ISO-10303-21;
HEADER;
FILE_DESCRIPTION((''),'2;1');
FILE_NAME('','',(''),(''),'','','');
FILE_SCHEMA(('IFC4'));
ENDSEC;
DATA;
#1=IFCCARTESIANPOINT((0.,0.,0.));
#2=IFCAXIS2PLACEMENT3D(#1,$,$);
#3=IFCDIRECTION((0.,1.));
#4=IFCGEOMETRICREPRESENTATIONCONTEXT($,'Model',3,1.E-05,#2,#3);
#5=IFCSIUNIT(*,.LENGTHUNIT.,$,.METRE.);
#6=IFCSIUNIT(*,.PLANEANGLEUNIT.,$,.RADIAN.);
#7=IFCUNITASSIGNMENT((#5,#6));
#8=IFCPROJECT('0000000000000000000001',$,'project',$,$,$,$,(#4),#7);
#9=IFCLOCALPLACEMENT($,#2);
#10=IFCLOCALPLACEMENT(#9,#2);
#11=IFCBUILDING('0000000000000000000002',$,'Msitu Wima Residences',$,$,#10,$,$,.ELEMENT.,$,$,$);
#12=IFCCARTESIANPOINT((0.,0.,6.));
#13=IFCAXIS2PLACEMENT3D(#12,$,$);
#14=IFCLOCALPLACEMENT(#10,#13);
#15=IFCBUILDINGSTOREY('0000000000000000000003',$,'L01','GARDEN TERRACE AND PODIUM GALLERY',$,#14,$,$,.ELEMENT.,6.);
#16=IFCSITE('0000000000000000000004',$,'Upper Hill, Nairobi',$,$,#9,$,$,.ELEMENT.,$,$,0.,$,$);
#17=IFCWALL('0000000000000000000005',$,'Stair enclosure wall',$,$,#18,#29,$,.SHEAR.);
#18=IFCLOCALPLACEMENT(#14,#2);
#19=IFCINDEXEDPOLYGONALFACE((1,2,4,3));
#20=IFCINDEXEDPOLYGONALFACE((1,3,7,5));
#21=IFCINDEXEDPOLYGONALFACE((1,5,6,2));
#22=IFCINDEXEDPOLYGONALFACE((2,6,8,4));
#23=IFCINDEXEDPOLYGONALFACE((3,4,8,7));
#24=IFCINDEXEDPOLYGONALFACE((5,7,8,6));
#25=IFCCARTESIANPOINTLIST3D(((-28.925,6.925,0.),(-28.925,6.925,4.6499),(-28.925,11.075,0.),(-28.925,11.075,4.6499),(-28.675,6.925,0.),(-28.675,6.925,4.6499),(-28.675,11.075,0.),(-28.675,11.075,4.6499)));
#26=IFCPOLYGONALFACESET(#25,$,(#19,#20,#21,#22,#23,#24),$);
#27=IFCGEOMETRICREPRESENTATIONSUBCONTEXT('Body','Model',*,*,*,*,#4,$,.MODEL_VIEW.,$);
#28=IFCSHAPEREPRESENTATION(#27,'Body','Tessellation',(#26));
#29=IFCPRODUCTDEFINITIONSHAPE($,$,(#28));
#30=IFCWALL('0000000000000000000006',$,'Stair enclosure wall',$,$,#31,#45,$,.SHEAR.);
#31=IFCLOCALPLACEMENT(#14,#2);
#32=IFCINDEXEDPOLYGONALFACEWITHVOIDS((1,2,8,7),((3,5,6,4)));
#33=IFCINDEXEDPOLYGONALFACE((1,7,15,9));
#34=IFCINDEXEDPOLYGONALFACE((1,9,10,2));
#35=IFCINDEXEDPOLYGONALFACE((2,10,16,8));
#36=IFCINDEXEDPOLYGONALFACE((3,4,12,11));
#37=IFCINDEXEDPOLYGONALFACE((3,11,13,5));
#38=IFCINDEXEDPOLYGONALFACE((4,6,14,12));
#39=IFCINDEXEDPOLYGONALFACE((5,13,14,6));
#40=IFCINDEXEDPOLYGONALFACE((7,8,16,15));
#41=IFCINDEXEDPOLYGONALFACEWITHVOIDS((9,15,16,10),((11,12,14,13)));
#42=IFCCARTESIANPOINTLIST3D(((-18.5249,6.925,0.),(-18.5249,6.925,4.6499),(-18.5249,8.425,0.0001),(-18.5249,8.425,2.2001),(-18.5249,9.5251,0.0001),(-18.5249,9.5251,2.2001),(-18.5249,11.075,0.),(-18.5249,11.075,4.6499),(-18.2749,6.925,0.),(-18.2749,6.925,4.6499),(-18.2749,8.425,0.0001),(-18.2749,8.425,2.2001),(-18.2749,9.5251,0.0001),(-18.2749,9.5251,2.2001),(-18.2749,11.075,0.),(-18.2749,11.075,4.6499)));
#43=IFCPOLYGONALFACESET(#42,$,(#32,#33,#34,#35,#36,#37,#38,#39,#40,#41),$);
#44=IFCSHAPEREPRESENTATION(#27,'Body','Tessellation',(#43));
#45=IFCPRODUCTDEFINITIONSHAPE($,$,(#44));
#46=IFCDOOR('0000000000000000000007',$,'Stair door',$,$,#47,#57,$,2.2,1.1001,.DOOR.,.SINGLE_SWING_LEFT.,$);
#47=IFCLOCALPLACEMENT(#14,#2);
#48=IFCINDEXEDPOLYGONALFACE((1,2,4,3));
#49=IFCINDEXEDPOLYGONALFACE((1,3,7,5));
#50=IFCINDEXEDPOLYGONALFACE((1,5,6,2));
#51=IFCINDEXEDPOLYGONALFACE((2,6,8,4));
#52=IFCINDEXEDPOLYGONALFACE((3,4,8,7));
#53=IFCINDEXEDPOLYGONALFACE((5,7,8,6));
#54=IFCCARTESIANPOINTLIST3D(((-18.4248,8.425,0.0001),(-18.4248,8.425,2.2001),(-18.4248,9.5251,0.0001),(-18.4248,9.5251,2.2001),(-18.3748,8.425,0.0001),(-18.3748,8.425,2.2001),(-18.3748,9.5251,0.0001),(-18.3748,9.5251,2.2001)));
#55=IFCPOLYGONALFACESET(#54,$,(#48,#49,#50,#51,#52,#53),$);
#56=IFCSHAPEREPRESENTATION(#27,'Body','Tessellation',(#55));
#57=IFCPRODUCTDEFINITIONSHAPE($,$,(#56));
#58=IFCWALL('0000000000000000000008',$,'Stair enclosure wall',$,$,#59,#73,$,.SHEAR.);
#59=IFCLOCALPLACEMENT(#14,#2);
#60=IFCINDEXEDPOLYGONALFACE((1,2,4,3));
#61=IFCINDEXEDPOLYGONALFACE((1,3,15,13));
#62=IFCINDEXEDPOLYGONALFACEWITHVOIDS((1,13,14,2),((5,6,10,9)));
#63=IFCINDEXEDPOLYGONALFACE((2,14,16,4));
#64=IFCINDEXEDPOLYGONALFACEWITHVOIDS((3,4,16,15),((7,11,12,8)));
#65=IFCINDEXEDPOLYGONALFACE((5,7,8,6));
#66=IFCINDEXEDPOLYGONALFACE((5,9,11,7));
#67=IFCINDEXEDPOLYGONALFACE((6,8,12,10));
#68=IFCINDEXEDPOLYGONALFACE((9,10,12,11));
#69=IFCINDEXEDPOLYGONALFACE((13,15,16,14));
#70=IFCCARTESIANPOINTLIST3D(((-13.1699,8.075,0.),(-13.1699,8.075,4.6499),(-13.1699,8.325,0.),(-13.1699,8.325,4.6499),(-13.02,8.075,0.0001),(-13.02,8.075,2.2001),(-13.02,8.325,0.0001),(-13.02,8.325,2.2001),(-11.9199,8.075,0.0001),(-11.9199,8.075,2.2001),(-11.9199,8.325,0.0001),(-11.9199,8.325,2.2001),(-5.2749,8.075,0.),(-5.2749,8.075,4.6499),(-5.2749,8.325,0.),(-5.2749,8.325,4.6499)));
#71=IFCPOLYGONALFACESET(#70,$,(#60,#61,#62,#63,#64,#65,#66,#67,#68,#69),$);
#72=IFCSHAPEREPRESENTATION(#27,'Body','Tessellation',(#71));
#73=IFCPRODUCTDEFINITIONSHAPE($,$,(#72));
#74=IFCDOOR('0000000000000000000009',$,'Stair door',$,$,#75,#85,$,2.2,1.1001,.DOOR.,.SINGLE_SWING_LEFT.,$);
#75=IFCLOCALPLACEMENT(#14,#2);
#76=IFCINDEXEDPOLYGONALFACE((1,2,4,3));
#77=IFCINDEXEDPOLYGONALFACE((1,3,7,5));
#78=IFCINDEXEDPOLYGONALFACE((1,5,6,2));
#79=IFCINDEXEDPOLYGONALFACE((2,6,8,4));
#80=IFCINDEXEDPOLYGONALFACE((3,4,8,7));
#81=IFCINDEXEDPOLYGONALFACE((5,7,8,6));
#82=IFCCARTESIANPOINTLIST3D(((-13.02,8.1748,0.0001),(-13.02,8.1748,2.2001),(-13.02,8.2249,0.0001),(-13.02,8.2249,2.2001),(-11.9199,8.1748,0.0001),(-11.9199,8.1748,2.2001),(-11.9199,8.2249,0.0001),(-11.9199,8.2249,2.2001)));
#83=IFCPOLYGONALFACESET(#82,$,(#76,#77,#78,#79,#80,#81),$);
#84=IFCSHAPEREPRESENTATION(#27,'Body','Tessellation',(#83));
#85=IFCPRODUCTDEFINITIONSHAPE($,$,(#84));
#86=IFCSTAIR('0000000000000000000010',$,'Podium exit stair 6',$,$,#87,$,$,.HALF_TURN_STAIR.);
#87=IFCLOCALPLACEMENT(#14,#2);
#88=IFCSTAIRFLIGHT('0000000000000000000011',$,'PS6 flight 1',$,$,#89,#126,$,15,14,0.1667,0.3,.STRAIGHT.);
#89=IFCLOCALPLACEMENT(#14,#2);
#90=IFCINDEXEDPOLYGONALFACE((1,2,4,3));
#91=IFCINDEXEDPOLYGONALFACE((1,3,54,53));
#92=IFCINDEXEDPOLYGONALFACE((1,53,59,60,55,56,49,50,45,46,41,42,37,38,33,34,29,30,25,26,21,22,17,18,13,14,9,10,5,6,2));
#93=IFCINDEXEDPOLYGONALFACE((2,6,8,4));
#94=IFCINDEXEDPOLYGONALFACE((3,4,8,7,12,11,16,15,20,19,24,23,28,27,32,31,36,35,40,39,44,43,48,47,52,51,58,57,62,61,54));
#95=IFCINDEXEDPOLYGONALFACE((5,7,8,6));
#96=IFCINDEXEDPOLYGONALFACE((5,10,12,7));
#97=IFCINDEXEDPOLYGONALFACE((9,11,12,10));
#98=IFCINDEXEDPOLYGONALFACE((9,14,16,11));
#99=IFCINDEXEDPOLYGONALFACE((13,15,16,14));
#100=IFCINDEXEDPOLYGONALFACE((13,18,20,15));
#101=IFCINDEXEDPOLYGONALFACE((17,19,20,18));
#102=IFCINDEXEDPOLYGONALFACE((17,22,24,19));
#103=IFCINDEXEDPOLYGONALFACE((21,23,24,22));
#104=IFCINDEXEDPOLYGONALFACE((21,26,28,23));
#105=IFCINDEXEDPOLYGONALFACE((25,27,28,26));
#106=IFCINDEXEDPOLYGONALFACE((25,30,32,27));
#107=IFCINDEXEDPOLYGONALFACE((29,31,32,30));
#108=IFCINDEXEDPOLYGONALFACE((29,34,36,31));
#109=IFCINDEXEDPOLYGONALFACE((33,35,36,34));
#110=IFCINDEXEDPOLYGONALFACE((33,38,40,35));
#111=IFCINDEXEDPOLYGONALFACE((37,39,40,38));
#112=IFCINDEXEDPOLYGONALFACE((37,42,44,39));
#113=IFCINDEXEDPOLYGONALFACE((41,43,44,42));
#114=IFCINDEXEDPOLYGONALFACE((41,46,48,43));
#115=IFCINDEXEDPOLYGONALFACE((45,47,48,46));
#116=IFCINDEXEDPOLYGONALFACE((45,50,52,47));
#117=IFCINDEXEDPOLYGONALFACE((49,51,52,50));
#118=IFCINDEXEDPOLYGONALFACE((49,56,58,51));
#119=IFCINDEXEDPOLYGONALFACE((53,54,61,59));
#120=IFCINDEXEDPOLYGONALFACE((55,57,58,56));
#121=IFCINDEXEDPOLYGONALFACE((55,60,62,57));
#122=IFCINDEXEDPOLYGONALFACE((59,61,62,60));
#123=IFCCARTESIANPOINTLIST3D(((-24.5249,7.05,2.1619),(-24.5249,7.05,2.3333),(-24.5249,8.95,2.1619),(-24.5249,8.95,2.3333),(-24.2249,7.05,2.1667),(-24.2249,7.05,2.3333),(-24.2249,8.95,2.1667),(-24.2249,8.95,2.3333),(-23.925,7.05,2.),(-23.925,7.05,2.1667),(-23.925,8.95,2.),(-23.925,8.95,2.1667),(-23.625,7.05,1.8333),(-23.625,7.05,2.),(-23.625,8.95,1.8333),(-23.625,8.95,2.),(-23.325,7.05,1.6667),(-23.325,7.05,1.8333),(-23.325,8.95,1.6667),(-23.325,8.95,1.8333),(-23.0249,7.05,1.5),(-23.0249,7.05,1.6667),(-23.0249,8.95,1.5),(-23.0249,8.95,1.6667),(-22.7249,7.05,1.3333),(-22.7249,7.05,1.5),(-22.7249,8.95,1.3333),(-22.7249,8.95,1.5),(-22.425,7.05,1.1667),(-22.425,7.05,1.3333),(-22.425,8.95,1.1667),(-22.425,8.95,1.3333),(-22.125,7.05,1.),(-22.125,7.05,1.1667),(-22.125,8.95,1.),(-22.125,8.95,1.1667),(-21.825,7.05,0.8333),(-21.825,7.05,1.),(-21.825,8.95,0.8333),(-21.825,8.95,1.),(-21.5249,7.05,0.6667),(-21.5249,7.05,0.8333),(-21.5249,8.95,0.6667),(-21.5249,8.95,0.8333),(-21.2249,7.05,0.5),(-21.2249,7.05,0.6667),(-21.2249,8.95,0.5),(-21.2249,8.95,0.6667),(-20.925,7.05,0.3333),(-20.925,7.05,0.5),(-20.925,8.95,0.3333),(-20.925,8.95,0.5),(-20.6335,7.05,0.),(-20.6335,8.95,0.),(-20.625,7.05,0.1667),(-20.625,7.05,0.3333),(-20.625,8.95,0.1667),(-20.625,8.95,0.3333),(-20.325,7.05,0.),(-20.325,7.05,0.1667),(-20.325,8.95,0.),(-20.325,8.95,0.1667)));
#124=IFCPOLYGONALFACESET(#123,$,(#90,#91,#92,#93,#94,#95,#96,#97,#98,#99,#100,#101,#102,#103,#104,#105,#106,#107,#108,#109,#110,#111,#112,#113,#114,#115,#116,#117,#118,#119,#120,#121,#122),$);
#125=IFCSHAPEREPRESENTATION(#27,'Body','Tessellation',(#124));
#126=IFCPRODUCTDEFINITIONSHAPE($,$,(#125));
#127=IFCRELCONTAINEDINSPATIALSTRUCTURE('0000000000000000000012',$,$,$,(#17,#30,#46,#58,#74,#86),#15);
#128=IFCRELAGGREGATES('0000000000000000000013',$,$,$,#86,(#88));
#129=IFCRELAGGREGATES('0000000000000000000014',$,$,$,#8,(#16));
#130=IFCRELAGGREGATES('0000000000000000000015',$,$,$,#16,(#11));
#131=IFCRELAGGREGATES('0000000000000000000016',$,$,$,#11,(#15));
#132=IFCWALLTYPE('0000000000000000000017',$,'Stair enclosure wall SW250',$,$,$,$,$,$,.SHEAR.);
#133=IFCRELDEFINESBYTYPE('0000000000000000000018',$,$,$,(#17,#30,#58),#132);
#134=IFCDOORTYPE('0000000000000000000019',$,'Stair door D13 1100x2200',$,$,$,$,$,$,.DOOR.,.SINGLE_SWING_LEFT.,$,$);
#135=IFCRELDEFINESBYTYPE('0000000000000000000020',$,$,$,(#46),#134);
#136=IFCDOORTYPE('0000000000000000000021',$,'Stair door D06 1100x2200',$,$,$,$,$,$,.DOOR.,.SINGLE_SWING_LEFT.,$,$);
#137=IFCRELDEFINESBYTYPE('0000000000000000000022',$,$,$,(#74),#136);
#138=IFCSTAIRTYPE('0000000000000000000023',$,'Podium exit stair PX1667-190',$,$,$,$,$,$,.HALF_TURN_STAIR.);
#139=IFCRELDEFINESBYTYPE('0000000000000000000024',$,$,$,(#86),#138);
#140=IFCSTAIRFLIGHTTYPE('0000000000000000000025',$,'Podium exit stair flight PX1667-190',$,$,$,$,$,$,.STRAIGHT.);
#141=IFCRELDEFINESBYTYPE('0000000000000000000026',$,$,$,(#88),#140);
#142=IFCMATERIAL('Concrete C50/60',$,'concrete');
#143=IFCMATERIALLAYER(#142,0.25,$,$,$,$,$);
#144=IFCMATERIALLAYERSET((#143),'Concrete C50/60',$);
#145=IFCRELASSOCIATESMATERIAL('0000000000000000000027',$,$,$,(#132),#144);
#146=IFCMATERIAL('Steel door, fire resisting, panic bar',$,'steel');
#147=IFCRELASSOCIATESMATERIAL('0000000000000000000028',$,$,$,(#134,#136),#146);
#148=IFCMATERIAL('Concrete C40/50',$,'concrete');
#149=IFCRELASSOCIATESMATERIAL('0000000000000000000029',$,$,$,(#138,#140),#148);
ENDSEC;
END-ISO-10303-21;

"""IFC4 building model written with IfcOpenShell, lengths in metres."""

from ifc_helpers import new_model, si_unit, direction, frame, frame_2d, origin, place, context, subcontext, project, spatial, polyline, rectangle, outline, extrude, material, layer, layer_set, type_object, element, fill, aggregate, save


model = new_model("IFC4")

# Units and contexts
model_context = context("Model", 3, precision=1e-05, world=origin(), true_north=direction((0.0, 1.0)))
body_context = subcontext(model_context, "Body", "Model", "MODEL_VIEW")
ifc_project = project(units=[si_unit("LENGTHUNIT", "METRE"), si_unit("PLANEANGLEUNIT", "RADIAN")], contexts=[model_context])

# Site, building, storey
site_placement = place(None, origin())
site = spatial("IfcSite", under=ifc_project, at=site_placement, Name="Upper Hill, Nairobi", CompositionType="ELEMENT", RefElevation=0.0)
building_placement = place(site_placement, origin())
building = spatial("IfcBuilding", under=site, at=building_placement, Name="Msitu Wima Residences", CompositionType="ELEMENT")
storey_placement = place(building_placement, frame((0.0, 0.0, 6.0)))
storey = spatial("IfcBuildingStorey", under=building, at=storey_placement, Name="L01", Description="GARDEN TERRACE AND PODIUM GALLERY", CompositionType="ELEMENT", Elevation=6.0)

# Shared definitions
ifc_material_1 = material(Name="Concrete C40/50", Category="concrete")

# Wall
ifc_material_2 = material(Name="Concrete C50/60", Category="concrete")
ifc_layer_1 = layer(ifc_material_2, 0.25)
ifc_layer_set_1 = layer_set([ifc_layer_1], Name="Concrete C50/60")
wall_type_1 = type_object("IfcWallType", Name="Stair enclosure wall SW250", PredefinedType="SHEAR", material=ifc_layer_set_1)
wall_1_placement = place(storey_placement, frame((-28.8, 6.925, 0.0), z_axis=(0.0, 0.0, 1.0), x_axis=(0.0, 1.0, 0.0)))
element("IfcWall", 1, at=wall_1_placement, inside=storey, type_object=wall_type_1, Name="Stair enclosure wall", PredefinedType="SHEAR", context=body_context, shape_type="SweptSolid", body=[
    extrude(rectangle(XDim=4.1499, YDim=0.25, at=frame_2d((2.075, 0.0))), origin(), (0.0, 0.0, 1.0), 4.6499),
])

# Walls, openings, doors
wall_2_placement = place(storey_placement, frame((-18.3999, 6.925, 0.0), z_axis=(0.0, 0.0, 1.0), x_axis=(0.0, 1.0, 0.0)))
wall_2 = element("IfcWall", 2, at=wall_2_placement, inside=storey, type_object=wall_type_1, Name="Stair enclosure wall", PredefinedType="SHEAR", context=body_context, shape_type="SweptSolid", body=[
    extrude(rectangle(XDim=4.1499, YDim=0.25, at=frame_2d((2.075, 0.0))), origin(), (0.0, 0.0, 1.0), 4.6499),
])
opening_1_placement = place(wall_2_placement, frame((1.5, 0.0, 0.0)))
opening_1 = element("IfcOpeningElement", 3, at=opening_1_placement, cuts=wall_2, PredefinedType="OPENING", context=body_context, shape_type="SweptSolid", body=[
    extrude(rectangle(XDim=1.1001, YDim=2.2, at=frame_2d((0.55, 1.1001))), frame((0.0, 0.135, 0.0), z_axis=(0.0, -1.0, 0.0), x_axis=(1.0, 0.0, 0.0)), (0.0, 0.0, 1.0), 0.27),
])
ifc_material_3 = material(Name="Steel door, fire resisting, panic bar", Category="steel")
door_type_1 = type_object("IfcDoorType", Name="Stair door D13 1100x2200", OperationType="SINGLE_SWING_LEFT", PredefinedType="DOOR", material=ifc_material_3)
door_1_placement = place(opening_1_placement, origin())
door_1 = element("IfcDoor", 4, at=door_1_placement, inside=storey, type_object=door_type_1, Name="Stair door", OperationType="SINGLE_SWING_LEFT", OverallHeight=2.2, OverallWidth=1.1001, PredefinedType="DOOR", context=body_context, shape_type="SweptSolid", body=[
    extrude(rectangle(XDim=1.1001, YDim=2.2, at=frame_2d((0.55, 1.1001))), frame((0.0, 0.0249, 0.0), z_axis=(0.0, -1.0, 0.0), x_axis=(1.0, 0.0, 0.0)), (0.0, 0.0, 1.0), 0.05),
])
fill(opening_1, door_1)
wall_3_placement = place(storey_placement, frame((-13.1699, 8.2, 0.0), z_axis=(0.0, 0.0, 1.0), x_axis=(1.0, 0.0, 0.0)))
wall_3 = element("IfcWall", 5, at=wall_3_placement, inside=storey, type_object=wall_type_1, Name="Stair enclosure wall", PredefinedType="SHEAR", context=body_context, shape_type="SweptSolid", body=[
    extrude(rectangle(XDim=7.895, YDim=0.25, at=frame_2d((3.9475, 0.0))), origin(), (0.0, 0.0, 1.0), 4.6499),
])
opening_2_placement = place(wall_3_placement, frame((0.1499, 0.0, 0.0)))
opening_2 = element("IfcOpeningElement", 6, at=opening_2_placement, cuts=wall_3, PredefinedType="OPENING", context=body_context, shape_type="SweptSolid", body=[
    extrude(rectangle(XDim=1.1001, YDim=2.2, at=frame_2d((0.55, 1.1001))), frame((0.0, 0.135, 0.0), z_axis=(0.0, -1.0, 0.0), x_axis=(1.0, 0.0, 0.0)), (0.0, 0.0, 1.0), 0.27),
])
door_type_2 = type_object("IfcDoorType", Name="Stair door D06 1100x2200", OperationType="SINGLE_SWING_LEFT", PredefinedType="DOOR", material=ifc_material_3)
door_2_placement = place(opening_2_placement, origin())
door_2 = element("IfcDoor", 7, at=door_2_placement, inside=storey, type_object=door_type_2, Name="Stair door", OperationType="SINGLE_SWING_LEFT", OverallHeight=2.2, OverallWidth=1.1001, PredefinedType="DOOR", context=body_context, shape_type="SweptSolid", body=[
    extrude(rectangle(XDim=1.1001, YDim=2.2, at=frame_2d((0.55, 1.1001))), frame((0.0, 0.0249, 0.0), z_axis=(0.0, -1.0, 0.0), x_axis=(1.0, 0.0, 0.0)), (0.0, 0.0, 1.0), 0.05),
])
fill(opening_2, door_2)

# Stair, stair flight
stair_type = type_object("IfcStairType", Name="Podium exit stair PX1667-190", PredefinedType="HALF_TURN_STAIR", material=ifc_material_1)
stair_placement = place(storey_placement, origin())
stair = element("IfcStair", 8, at=stair_placement, inside=storey, type_object=stair_type, Name="Podium exit stair 6", PredefinedType="HALF_TURN_STAIR")
stair_flight_type = type_object("IfcStairFlightType", Name="Podium exit stair flight PX1667-190", PredefinedType="STRAIGHT", material=ifc_material_1)
stair_flight_placement = place(storey_placement, frame((-20.325, 8.0, 0.0), z_axis=(0.0, 0.0, 1.0), x_axis=(-1.0, 0.0, 0.0)))
stair_flight = element("IfcStairFlight", 9, at=stair_flight_placement, type_object=stair_flight_type, Name="PS6 flight 1", NumberOfRisers=15, NumberOfTreads=14, PredefinedType="STRAIGHT", RiserHeight=0.1667, TreadLength=0.3, context=body_context, shape_type="SweptSolid", body=[
    extrude(outline(polyline([(0.0, 0.0), (0.0, 0.1667), (0.3, 0.1667), (0.3, 0.3333), (0.6001, 0.3333), (0.6001, 0.5), (0.8999, 0.5), (0.8999, 0.6667), (1.2, 0.6667), (1.2, 0.8333), (1.5, 0.8333), (1.5, 1.0), (1.8, 1.0), (1.8, 1.1667), (2.1001, 1.1667), (2.1001, 1.3333), (2.3999, 1.3333), (2.3999, 1.5), (2.7, 1.5), (2.7, 1.6667), (3.0, 1.6667), (3.0, 1.8333), (3.3, 1.8333), (3.3, 2.0), (3.6001, 2.0), (3.6001, 2.1667), (3.8999, 2.1667), (3.8999, 2.3333), (4.2, 2.3333), (4.2, 2.5), (4.2, 2.1619), (0.3086, 0.0), (0.0, 0.0)])), frame((0.0, 0.95, 0.0), z_axis=(0.0, -1.0, 0.0), x_axis=(1.0, 0.0, 0.0)), (0.0, 0.0, 1.0), 1.8999),
])
aggregate(stair, [stair_flight])

save(model, "model.ifc")
